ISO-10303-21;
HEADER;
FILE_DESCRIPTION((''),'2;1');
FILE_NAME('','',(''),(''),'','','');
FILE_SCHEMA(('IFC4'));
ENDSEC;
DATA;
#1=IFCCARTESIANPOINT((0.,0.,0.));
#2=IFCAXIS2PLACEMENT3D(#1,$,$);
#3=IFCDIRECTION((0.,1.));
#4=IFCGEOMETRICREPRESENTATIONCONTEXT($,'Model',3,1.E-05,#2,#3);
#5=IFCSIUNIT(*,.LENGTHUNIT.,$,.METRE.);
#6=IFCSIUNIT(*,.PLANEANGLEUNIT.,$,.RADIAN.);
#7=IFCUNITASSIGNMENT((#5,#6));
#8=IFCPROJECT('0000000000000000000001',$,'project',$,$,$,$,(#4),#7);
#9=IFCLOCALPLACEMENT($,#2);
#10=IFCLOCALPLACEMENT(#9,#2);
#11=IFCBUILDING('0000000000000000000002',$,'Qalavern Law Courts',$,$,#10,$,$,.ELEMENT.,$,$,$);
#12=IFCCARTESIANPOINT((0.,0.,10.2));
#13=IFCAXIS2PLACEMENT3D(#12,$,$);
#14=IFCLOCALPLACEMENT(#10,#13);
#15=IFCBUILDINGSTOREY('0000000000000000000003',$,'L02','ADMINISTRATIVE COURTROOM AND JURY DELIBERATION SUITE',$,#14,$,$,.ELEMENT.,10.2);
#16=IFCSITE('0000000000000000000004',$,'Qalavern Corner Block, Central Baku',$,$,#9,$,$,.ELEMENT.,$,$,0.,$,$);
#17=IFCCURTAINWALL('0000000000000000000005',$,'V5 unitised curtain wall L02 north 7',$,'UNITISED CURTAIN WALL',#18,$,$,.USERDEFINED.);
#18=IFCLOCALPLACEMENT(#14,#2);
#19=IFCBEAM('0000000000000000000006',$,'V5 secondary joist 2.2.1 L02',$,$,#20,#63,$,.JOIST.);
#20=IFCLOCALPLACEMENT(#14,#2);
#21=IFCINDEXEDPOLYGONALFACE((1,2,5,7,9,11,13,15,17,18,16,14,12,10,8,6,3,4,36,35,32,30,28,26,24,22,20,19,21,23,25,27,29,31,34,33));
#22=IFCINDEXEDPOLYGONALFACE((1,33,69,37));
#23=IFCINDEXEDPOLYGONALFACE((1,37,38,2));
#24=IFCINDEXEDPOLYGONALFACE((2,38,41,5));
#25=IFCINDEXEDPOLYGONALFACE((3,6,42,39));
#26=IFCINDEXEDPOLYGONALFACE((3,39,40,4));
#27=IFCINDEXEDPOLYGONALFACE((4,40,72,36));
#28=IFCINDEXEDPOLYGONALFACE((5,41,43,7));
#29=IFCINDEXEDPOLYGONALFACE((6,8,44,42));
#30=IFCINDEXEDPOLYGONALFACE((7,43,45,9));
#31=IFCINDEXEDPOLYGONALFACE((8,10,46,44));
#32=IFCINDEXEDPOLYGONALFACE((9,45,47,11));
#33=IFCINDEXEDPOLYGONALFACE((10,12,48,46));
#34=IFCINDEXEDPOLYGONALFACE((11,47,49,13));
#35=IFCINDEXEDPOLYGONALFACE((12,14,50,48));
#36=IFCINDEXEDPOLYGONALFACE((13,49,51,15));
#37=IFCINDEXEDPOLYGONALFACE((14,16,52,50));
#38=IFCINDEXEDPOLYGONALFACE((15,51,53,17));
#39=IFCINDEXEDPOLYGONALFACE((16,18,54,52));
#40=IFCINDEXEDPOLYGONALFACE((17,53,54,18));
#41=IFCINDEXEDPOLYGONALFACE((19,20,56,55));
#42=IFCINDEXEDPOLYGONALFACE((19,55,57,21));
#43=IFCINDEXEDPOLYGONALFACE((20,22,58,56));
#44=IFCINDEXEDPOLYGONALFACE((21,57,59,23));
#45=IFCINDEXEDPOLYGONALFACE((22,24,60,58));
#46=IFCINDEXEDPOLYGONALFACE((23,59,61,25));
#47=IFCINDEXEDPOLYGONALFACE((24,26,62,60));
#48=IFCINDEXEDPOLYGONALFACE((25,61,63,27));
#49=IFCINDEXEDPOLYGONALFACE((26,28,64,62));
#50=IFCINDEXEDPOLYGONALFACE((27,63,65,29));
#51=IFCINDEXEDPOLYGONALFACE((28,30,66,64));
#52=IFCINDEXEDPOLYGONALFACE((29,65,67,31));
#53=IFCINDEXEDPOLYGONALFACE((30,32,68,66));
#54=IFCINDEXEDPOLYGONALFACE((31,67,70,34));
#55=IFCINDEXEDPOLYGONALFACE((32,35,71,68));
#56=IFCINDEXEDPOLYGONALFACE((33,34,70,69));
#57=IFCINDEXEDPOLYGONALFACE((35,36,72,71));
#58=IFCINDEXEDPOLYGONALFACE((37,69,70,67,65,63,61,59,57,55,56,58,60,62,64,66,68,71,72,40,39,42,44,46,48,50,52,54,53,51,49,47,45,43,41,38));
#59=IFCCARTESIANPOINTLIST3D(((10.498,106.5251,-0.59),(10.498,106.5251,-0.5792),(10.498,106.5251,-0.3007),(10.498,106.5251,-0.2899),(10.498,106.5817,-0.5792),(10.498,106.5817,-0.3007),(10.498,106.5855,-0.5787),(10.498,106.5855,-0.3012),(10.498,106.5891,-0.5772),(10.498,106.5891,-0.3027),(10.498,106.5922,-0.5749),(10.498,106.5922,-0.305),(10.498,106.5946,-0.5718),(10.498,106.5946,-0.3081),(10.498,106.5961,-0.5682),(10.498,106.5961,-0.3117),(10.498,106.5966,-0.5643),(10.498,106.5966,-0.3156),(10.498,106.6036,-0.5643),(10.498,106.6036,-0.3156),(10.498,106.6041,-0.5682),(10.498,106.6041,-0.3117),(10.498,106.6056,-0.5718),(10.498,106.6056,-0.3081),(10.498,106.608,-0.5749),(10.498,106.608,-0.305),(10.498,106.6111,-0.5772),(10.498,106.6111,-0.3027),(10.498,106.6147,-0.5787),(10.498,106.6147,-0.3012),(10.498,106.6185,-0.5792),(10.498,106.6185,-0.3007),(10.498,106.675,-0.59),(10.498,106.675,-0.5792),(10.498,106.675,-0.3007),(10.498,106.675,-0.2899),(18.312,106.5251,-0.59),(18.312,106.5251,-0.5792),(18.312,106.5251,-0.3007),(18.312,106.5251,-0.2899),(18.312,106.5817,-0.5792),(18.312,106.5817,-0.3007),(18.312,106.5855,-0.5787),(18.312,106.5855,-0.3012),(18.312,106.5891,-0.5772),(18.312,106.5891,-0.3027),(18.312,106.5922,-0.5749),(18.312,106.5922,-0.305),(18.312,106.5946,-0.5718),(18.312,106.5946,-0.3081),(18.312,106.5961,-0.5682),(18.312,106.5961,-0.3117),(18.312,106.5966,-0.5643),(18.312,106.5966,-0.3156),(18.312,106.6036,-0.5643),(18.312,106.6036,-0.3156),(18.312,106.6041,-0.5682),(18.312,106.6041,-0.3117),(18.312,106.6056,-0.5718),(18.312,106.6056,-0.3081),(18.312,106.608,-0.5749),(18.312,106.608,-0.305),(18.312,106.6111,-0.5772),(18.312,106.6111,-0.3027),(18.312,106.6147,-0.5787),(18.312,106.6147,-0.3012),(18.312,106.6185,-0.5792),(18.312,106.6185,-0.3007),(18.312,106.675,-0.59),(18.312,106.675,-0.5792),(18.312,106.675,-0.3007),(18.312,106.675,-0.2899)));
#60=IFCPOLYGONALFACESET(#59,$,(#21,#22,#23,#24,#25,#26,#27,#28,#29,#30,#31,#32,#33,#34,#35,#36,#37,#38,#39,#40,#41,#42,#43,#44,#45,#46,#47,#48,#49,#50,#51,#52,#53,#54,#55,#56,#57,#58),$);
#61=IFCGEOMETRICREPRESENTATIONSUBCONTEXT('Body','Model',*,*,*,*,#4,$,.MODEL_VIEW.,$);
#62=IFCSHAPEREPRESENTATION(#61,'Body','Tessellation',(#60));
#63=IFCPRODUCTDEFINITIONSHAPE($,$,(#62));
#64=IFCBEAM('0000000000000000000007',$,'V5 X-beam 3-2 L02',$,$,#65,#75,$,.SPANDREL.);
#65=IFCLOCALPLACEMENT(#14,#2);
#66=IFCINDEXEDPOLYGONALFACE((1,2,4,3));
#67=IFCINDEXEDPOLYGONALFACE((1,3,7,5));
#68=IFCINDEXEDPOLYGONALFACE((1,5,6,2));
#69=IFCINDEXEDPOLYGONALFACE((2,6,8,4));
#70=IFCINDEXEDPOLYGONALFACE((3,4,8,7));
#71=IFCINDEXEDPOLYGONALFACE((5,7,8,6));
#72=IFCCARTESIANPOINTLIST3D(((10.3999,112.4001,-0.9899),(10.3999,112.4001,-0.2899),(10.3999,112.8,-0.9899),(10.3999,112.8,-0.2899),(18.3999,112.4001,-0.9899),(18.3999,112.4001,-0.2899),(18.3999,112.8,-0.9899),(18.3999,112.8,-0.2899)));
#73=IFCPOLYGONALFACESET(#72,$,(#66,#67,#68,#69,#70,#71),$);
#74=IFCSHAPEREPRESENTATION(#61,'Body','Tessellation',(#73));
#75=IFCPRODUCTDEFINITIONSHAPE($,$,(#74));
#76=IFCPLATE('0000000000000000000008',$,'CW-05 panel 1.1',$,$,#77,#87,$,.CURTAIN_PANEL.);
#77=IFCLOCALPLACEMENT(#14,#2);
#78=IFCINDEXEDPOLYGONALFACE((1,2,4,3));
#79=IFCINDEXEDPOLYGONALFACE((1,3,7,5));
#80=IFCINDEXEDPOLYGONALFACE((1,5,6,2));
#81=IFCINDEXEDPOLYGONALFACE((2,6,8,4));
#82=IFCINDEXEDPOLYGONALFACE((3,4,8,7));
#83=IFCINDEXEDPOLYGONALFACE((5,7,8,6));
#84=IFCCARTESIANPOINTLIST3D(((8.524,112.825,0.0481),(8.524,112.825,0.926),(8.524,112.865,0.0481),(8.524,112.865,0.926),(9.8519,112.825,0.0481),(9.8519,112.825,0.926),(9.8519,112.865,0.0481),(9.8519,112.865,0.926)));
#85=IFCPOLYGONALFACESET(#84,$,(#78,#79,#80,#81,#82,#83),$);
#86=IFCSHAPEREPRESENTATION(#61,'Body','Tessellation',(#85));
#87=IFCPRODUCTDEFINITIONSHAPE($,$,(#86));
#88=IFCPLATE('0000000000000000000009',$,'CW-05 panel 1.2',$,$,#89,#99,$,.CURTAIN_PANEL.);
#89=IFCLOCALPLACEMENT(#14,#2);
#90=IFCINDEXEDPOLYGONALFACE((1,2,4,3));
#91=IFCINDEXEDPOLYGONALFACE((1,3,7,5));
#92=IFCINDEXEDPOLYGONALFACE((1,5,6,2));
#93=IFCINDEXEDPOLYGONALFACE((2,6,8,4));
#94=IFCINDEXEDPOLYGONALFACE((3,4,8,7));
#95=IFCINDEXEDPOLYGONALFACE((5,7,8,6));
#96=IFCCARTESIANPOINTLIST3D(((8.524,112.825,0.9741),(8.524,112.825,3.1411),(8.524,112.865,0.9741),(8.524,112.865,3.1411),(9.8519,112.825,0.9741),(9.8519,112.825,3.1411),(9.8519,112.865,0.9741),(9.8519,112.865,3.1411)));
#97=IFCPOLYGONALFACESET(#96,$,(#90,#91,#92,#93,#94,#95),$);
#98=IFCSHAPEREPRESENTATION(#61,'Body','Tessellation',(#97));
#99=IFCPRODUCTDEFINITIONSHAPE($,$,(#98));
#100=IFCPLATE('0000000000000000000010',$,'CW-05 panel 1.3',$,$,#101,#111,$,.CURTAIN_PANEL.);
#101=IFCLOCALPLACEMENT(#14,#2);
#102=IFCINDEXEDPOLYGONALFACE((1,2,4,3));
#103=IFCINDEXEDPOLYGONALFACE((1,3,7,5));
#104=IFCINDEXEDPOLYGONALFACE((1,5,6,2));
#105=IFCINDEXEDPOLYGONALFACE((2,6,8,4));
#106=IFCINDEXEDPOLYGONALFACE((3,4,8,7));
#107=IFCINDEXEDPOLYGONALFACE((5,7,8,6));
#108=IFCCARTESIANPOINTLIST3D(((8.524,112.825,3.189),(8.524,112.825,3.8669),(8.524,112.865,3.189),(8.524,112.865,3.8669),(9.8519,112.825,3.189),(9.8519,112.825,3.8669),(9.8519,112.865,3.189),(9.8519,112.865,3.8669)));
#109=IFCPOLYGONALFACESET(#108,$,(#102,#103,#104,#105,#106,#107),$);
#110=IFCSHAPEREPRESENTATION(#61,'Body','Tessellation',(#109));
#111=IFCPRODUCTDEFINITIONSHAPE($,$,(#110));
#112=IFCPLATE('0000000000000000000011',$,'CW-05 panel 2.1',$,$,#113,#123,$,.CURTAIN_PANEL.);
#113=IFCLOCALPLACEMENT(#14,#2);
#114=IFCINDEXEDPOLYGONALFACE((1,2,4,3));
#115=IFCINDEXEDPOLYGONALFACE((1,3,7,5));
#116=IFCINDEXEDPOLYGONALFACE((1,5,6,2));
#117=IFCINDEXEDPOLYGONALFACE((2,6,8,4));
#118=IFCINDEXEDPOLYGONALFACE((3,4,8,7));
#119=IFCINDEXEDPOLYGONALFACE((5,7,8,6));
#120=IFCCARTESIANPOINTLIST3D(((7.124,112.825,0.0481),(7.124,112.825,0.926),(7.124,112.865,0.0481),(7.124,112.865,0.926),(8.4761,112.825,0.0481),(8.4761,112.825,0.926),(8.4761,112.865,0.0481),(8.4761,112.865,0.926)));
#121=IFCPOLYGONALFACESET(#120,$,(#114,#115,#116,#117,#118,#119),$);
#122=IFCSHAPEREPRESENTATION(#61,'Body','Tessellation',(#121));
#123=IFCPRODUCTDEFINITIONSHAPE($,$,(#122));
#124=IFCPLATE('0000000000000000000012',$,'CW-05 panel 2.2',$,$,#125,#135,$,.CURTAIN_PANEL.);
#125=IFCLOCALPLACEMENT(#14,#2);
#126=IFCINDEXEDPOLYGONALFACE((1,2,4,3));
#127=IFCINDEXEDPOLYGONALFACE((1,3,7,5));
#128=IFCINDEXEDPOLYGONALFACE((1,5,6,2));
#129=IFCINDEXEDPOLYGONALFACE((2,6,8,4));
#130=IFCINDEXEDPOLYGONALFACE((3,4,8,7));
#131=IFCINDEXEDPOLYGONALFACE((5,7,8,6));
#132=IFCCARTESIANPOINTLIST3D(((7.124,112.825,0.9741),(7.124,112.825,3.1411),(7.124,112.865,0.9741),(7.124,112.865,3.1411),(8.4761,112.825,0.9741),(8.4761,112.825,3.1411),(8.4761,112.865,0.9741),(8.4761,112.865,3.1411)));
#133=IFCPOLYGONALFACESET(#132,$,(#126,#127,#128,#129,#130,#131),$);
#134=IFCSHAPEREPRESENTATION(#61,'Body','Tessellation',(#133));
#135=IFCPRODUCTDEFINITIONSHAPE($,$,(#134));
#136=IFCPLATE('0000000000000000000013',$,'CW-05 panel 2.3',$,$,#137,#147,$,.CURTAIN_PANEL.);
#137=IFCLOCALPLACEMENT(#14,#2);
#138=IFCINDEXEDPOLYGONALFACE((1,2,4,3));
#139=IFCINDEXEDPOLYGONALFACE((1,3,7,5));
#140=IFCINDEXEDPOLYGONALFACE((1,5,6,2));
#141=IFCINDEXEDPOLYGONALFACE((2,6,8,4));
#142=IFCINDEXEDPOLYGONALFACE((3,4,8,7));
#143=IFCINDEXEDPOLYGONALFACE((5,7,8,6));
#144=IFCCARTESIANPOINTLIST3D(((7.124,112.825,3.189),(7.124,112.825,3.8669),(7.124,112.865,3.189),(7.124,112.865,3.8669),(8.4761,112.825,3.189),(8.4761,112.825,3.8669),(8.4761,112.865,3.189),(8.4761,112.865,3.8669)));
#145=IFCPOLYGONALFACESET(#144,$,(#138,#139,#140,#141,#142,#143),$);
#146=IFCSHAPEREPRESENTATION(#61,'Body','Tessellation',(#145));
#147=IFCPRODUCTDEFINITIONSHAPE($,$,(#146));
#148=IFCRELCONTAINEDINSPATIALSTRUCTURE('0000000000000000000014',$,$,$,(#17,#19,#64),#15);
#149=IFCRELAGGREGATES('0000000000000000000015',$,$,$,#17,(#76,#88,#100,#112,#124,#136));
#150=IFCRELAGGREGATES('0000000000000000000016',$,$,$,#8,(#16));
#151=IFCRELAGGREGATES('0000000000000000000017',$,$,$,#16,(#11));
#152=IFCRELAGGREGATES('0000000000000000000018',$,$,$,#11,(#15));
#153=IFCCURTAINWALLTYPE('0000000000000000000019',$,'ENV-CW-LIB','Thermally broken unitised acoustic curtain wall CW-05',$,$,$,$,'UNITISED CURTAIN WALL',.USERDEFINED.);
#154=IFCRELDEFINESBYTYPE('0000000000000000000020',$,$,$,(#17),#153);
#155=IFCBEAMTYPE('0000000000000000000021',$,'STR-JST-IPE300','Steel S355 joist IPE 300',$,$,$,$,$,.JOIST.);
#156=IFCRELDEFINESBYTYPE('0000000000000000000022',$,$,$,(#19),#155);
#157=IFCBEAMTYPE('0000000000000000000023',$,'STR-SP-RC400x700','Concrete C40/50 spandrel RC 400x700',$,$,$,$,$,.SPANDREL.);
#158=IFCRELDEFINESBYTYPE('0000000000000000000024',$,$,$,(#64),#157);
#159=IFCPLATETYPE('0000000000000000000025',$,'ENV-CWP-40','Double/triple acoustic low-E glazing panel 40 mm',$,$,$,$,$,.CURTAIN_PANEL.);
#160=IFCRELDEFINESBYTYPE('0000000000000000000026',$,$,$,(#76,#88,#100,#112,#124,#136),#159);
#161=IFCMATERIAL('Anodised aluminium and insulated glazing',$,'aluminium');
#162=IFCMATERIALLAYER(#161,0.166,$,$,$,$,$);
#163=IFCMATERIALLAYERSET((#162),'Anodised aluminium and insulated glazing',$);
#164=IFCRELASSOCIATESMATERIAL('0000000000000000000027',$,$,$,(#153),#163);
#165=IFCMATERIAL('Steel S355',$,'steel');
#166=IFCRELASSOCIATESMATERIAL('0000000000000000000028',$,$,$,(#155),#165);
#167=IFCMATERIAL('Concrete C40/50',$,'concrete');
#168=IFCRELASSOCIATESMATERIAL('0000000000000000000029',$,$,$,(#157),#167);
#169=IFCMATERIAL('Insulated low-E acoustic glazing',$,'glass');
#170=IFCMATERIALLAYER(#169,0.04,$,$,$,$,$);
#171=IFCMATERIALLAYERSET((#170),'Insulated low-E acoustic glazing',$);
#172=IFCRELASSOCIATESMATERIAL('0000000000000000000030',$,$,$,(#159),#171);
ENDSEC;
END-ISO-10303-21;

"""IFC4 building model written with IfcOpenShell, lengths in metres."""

from ifc_helpers import new_model, si_unit, direction, frame, origin, origin_2d, place, context, subcontext, project, spatial, rectangle, i_section, extrude, material, layer, layer_set, material_profile, profile_set, type_object, element, aggregate, save


model = new_model("IFC4")

# Units and contexts
model_context = context("Model", 3, precision=1e-05, world=origin(), true_north=direction((0.0, 1.0)))
body_context = subcontext(model_context, "Body", "Model", "MODEL_VIEW")
ifc_project = project(units=[si_unit("LENGTHUNIT", "METRE"), si_unit("PLANEANGLEUNIT", "RADIAN")], contexts=[model_context])

# Site, building, storey
site_placement = place(None, origin())
site = spatial("IfcSite", under=ifc_project, at=site_placement, Name="Qalavern Corner Block, Central Baku", CompositionType="ELEMENT", RefElevation=0.0)
building_placement = place(site_placement, origin())
building = spatial("IfcBuilding", under=site, at=building_placement, Name="Qalavern Law Courts", CompositionType="ELEMENT")
storey_placement = place(building_placement, frame((0.0, 0.0, 10.2)))
storey = spatial("IfcBuildingStorey", under=building, at=storey_placement, Name="L02", Description="ADMINISTRATIVE COURTROOM AND JURY DELIBERATION SUITE", CompositionType="ELEMENT", Elevation=10.2)

# Curtain wall
ifc_material_1 = material(Name="Anodised aluminium and insulated glazing", Category="aluminium")
ifc_layer_1 = layer(ifc_material_1, 0.166)
ifc_layer_set_1 = layer_set([ifc_layer_1], Name="Anodised aluminium and insulated glazing")
curtain_wall_type = type_object("IfcCurtainWallType", Name="ENV-CW-LIB", Description="Thermally broken unitised acoustic curtain wall CW-05", ElementType="UNITISED CURTAIN WALL", PredefinedType="USERDEFINED", material=ifc_layer_set_1)
curtain_wall_placement = place(storey_placement, origin())
curtain_wall = element("IfcCurtainWall", 1, at=curtain_wall_placement, inside=storey, type_object=curtain_wall_type, Name="V5 unitised curtain wall L02 north 7", ObjectType="UNITISED CURTAIN WALL", PredefinedType="USERDEFINED")

# Beams
ifc_material_2 = material(Name="Steel S355", Category="steel")
ifc_material_profile_1 = material_profile(ifc_material_2, i_section(OverallWidth=0.1499, OverallDepth=0.3, WebThickness=0.0071, FlangeThickness=0.0107, FilletRadius=0.0149, at=origin_2d()), Name="IPE 300")
ifc_profile_set_1 = profile_set([ifc_material_profile_1], Name="Steel S355")
beam_type_1 = type_object("IfcBeamType", Name="STR-JST-IPE300", Description="Steel S355 joist IPE 300", PredefinedType="JOIST", material=ifc_profile_set_1)
beam_1_placement = place(storey_placement, frame((10.498, 106.6001, -0.4399), z_axis=(1.0, 0.0, 0.0), x_axis=(0.0, 1.0, 0.0)))
element("IfcBeam", 2, at=beam_1_placement, inside=storey, type_object=beam_type_1, Name="V5 secondary joist 2.2.1 L02", PredefinedType="JOIST", context=body_context, shape_type="SweptSolid", body=[
    extrude(i_section(OverallWidth=0.1499, OverallDepth=0.3, WebThickness=0.0071, FlangeThickness=0.0107, FilletRadius=0.0149, at=origin_2d()), origin(), (0.0, 0.0, 1.0), 7.814),
])
ifc_material_3 = material(Name="Concrete C40/50", Category="concrete")
ifc_material_profile_2 = material_profile(ifc_material_3, rectangle(XDim=0.3999, YDim=0.7, at=origin_2d()), Name="RC 400x700")
ifc_profile_set_2 = profile_set([ifc_material_profile_2], Name="Concrete C40/50")
beam_type_2 = type_object("IfcBeamType", Name="STR-SP-RC400x700", Description="Concrete C40/50 spandrel RC 400x700", PredefinedType="SPANDREL", material=ifc_profile_set_2)
beam_2_placement = place(storey_placement, frame((10.3999, 112.6001, -0.6399), z_axis=(1.0, 0.0, 0.0), x_axis=(0.0, 1.0, 0.0)))
element("IfcBeam", 3, at=beam_2_placement, inside=storey, type_object=beam_type_2, Name="V5 X-beam 3-2 L02", PredefinedType="SPANDREL", context=body_context, shape_type="SweptSolid", body=[
    extrude(rectangle(XDim=0.3999, YDim=0.7, at=origin_2d()), origin(), (0.0, 0.0, 1.0), 8.0),
])

# Plates
ifc_material_4 = material(Name="Insulated low-E acoustic glazing", Category="glass")
ifc_layer_2 = layer(ifc_material_4, 0.04)
ifc_layer_set_2 = layer_set([ifc_layer_2], Name="Insulated low-E acoustic glazing")
plate_type = type_object("IfcPlateType", Name="ENV-CWP-40", Description="Double/triple acoustic low-E glazing panel 40 mm", PredefinedType="CURTAIN_PANEL", material=ifc_layer_set_2)
plate_1_placement = place(storey_placement, frame((9.188, 112.845, 0.0481), z_axis=(0.0, 0.0, 1.0), x_axis=(-1.0, 0.0, 0.0)))
plate_1 = element("IfcPlate", 4, at=plate_1_placement, type_object=plate_type, Name="CW-05 panel 1.1", PredefinedType="CURTAIN_PANEL", context=body_context, shape_type="SweptSolid", body=[
    extrude(rectangle(XDim=1.3279, YDim=0.04, at=origin_2d()), origin(), (0.0, 0.0, 1.0), 0.8779),
])
plate_2_placement = place(storey_placement, frame((9.188, 112.845, 0.9741), z_axis=(0.0, 0.0, 1.0), x_axis=(-1.0, 0.0, 0.0)))
plate_2 = element("IfcPlate", 5, at=plate_2_placement, type_object=plate_type, Name="CW-05 panel 1.2", PredefinedType="CURTAIN_PANEL", context=body_context, shape_type="SweptSolid", body=[
    extrude(rectangle(XDim=1.3279, YDim=0.04, at=origin_2d()), origin(), (0.0, 0.0, 1.0), 2.167),
])
plate_3_placement = place(storey_placement, frame((9.188, 112.845, 3.189), z_axis=(0.0, 0.0, 1.0), x_axis=(-1.0, 0.0, 0.0)))
plate_3 = element("IfcPlate", 6, at=plate_3_placement, type_object=plate_type, Name="CW-05 panel 1.3", PredefinedType="CURTAIN_PANEL", context=body_context, shape_type="SweptSolid", body=[
    extrude(rectangle(XDim=1.3279, YDim=0.04, at=origin_2d()), origin(), (0.0, 0.0, 1.0), 0.678),
])
plate_4_placement = place(storey_placement, frame((7.8, 112.845, 0.0481), z_axis=(0.0, 0.0, 1.0), x_axis=(-1.0, 0.0, 0.0)))
plate_4 = element("IfcPlate", 7, at=plate_4_placement, type_object=plate_type, Name="CW-05 panel 2.1", PredefinedType="CURTAIN_PANEL", context=body_context, shape_type="SweptSolid", body=[
    extrude(rectangle(XDim=1.3521, YDim=0.04, at=origin_2d()), origin(), (0.0, 0.0, 1.0), 0.8779),
])
plate_5_placement = place(storey_placement, frame((7.8, 112.845, 0.9741), z_axis=(0.0, 0.0, 1.0), x_axis=(-1.0, 0.0, 0.0)))
plate_5 = element("IfcPlate", 8, at=plate_5_placement, type_object=plate_type, Name="CW-05 panel 2.2", PredefinedType="CURTAIN_PANEL", context=body_context, shape_type="SweptSolid", body=[
    extrude(rectangle(XDim=1.3521, YDim=0.04, at=origin_2d()), origin(), (0.0, 0.0, 1.0), 2.167),
])
plate_6_placement = place(storey_placement, frame((7.8, 112.845, 3.189), z_axis=(0.0, 0.0, 1.0), x_axis=(-1.0, 0.0, 0.0)))
plate_6 = element("IfcPlate", 9, at=plate_6_placement, type_object=plate_type, Name="CW-05 panel 2.3", PredefinedType="CURTAIN_PANEL", context=body_context, shape_type="SweptSolid", body=[
    extrude(rectangle(XDim=1.3521, YDim=0.04, at=origin_2d()), origin(), (0.0, 0.0, 1.0), 0.678),
])
aggregate(curtain_wall, [plate_1, plate_2, plate_3, plate_4, plate_5, plate_6])

save(model, "model.ifc")
